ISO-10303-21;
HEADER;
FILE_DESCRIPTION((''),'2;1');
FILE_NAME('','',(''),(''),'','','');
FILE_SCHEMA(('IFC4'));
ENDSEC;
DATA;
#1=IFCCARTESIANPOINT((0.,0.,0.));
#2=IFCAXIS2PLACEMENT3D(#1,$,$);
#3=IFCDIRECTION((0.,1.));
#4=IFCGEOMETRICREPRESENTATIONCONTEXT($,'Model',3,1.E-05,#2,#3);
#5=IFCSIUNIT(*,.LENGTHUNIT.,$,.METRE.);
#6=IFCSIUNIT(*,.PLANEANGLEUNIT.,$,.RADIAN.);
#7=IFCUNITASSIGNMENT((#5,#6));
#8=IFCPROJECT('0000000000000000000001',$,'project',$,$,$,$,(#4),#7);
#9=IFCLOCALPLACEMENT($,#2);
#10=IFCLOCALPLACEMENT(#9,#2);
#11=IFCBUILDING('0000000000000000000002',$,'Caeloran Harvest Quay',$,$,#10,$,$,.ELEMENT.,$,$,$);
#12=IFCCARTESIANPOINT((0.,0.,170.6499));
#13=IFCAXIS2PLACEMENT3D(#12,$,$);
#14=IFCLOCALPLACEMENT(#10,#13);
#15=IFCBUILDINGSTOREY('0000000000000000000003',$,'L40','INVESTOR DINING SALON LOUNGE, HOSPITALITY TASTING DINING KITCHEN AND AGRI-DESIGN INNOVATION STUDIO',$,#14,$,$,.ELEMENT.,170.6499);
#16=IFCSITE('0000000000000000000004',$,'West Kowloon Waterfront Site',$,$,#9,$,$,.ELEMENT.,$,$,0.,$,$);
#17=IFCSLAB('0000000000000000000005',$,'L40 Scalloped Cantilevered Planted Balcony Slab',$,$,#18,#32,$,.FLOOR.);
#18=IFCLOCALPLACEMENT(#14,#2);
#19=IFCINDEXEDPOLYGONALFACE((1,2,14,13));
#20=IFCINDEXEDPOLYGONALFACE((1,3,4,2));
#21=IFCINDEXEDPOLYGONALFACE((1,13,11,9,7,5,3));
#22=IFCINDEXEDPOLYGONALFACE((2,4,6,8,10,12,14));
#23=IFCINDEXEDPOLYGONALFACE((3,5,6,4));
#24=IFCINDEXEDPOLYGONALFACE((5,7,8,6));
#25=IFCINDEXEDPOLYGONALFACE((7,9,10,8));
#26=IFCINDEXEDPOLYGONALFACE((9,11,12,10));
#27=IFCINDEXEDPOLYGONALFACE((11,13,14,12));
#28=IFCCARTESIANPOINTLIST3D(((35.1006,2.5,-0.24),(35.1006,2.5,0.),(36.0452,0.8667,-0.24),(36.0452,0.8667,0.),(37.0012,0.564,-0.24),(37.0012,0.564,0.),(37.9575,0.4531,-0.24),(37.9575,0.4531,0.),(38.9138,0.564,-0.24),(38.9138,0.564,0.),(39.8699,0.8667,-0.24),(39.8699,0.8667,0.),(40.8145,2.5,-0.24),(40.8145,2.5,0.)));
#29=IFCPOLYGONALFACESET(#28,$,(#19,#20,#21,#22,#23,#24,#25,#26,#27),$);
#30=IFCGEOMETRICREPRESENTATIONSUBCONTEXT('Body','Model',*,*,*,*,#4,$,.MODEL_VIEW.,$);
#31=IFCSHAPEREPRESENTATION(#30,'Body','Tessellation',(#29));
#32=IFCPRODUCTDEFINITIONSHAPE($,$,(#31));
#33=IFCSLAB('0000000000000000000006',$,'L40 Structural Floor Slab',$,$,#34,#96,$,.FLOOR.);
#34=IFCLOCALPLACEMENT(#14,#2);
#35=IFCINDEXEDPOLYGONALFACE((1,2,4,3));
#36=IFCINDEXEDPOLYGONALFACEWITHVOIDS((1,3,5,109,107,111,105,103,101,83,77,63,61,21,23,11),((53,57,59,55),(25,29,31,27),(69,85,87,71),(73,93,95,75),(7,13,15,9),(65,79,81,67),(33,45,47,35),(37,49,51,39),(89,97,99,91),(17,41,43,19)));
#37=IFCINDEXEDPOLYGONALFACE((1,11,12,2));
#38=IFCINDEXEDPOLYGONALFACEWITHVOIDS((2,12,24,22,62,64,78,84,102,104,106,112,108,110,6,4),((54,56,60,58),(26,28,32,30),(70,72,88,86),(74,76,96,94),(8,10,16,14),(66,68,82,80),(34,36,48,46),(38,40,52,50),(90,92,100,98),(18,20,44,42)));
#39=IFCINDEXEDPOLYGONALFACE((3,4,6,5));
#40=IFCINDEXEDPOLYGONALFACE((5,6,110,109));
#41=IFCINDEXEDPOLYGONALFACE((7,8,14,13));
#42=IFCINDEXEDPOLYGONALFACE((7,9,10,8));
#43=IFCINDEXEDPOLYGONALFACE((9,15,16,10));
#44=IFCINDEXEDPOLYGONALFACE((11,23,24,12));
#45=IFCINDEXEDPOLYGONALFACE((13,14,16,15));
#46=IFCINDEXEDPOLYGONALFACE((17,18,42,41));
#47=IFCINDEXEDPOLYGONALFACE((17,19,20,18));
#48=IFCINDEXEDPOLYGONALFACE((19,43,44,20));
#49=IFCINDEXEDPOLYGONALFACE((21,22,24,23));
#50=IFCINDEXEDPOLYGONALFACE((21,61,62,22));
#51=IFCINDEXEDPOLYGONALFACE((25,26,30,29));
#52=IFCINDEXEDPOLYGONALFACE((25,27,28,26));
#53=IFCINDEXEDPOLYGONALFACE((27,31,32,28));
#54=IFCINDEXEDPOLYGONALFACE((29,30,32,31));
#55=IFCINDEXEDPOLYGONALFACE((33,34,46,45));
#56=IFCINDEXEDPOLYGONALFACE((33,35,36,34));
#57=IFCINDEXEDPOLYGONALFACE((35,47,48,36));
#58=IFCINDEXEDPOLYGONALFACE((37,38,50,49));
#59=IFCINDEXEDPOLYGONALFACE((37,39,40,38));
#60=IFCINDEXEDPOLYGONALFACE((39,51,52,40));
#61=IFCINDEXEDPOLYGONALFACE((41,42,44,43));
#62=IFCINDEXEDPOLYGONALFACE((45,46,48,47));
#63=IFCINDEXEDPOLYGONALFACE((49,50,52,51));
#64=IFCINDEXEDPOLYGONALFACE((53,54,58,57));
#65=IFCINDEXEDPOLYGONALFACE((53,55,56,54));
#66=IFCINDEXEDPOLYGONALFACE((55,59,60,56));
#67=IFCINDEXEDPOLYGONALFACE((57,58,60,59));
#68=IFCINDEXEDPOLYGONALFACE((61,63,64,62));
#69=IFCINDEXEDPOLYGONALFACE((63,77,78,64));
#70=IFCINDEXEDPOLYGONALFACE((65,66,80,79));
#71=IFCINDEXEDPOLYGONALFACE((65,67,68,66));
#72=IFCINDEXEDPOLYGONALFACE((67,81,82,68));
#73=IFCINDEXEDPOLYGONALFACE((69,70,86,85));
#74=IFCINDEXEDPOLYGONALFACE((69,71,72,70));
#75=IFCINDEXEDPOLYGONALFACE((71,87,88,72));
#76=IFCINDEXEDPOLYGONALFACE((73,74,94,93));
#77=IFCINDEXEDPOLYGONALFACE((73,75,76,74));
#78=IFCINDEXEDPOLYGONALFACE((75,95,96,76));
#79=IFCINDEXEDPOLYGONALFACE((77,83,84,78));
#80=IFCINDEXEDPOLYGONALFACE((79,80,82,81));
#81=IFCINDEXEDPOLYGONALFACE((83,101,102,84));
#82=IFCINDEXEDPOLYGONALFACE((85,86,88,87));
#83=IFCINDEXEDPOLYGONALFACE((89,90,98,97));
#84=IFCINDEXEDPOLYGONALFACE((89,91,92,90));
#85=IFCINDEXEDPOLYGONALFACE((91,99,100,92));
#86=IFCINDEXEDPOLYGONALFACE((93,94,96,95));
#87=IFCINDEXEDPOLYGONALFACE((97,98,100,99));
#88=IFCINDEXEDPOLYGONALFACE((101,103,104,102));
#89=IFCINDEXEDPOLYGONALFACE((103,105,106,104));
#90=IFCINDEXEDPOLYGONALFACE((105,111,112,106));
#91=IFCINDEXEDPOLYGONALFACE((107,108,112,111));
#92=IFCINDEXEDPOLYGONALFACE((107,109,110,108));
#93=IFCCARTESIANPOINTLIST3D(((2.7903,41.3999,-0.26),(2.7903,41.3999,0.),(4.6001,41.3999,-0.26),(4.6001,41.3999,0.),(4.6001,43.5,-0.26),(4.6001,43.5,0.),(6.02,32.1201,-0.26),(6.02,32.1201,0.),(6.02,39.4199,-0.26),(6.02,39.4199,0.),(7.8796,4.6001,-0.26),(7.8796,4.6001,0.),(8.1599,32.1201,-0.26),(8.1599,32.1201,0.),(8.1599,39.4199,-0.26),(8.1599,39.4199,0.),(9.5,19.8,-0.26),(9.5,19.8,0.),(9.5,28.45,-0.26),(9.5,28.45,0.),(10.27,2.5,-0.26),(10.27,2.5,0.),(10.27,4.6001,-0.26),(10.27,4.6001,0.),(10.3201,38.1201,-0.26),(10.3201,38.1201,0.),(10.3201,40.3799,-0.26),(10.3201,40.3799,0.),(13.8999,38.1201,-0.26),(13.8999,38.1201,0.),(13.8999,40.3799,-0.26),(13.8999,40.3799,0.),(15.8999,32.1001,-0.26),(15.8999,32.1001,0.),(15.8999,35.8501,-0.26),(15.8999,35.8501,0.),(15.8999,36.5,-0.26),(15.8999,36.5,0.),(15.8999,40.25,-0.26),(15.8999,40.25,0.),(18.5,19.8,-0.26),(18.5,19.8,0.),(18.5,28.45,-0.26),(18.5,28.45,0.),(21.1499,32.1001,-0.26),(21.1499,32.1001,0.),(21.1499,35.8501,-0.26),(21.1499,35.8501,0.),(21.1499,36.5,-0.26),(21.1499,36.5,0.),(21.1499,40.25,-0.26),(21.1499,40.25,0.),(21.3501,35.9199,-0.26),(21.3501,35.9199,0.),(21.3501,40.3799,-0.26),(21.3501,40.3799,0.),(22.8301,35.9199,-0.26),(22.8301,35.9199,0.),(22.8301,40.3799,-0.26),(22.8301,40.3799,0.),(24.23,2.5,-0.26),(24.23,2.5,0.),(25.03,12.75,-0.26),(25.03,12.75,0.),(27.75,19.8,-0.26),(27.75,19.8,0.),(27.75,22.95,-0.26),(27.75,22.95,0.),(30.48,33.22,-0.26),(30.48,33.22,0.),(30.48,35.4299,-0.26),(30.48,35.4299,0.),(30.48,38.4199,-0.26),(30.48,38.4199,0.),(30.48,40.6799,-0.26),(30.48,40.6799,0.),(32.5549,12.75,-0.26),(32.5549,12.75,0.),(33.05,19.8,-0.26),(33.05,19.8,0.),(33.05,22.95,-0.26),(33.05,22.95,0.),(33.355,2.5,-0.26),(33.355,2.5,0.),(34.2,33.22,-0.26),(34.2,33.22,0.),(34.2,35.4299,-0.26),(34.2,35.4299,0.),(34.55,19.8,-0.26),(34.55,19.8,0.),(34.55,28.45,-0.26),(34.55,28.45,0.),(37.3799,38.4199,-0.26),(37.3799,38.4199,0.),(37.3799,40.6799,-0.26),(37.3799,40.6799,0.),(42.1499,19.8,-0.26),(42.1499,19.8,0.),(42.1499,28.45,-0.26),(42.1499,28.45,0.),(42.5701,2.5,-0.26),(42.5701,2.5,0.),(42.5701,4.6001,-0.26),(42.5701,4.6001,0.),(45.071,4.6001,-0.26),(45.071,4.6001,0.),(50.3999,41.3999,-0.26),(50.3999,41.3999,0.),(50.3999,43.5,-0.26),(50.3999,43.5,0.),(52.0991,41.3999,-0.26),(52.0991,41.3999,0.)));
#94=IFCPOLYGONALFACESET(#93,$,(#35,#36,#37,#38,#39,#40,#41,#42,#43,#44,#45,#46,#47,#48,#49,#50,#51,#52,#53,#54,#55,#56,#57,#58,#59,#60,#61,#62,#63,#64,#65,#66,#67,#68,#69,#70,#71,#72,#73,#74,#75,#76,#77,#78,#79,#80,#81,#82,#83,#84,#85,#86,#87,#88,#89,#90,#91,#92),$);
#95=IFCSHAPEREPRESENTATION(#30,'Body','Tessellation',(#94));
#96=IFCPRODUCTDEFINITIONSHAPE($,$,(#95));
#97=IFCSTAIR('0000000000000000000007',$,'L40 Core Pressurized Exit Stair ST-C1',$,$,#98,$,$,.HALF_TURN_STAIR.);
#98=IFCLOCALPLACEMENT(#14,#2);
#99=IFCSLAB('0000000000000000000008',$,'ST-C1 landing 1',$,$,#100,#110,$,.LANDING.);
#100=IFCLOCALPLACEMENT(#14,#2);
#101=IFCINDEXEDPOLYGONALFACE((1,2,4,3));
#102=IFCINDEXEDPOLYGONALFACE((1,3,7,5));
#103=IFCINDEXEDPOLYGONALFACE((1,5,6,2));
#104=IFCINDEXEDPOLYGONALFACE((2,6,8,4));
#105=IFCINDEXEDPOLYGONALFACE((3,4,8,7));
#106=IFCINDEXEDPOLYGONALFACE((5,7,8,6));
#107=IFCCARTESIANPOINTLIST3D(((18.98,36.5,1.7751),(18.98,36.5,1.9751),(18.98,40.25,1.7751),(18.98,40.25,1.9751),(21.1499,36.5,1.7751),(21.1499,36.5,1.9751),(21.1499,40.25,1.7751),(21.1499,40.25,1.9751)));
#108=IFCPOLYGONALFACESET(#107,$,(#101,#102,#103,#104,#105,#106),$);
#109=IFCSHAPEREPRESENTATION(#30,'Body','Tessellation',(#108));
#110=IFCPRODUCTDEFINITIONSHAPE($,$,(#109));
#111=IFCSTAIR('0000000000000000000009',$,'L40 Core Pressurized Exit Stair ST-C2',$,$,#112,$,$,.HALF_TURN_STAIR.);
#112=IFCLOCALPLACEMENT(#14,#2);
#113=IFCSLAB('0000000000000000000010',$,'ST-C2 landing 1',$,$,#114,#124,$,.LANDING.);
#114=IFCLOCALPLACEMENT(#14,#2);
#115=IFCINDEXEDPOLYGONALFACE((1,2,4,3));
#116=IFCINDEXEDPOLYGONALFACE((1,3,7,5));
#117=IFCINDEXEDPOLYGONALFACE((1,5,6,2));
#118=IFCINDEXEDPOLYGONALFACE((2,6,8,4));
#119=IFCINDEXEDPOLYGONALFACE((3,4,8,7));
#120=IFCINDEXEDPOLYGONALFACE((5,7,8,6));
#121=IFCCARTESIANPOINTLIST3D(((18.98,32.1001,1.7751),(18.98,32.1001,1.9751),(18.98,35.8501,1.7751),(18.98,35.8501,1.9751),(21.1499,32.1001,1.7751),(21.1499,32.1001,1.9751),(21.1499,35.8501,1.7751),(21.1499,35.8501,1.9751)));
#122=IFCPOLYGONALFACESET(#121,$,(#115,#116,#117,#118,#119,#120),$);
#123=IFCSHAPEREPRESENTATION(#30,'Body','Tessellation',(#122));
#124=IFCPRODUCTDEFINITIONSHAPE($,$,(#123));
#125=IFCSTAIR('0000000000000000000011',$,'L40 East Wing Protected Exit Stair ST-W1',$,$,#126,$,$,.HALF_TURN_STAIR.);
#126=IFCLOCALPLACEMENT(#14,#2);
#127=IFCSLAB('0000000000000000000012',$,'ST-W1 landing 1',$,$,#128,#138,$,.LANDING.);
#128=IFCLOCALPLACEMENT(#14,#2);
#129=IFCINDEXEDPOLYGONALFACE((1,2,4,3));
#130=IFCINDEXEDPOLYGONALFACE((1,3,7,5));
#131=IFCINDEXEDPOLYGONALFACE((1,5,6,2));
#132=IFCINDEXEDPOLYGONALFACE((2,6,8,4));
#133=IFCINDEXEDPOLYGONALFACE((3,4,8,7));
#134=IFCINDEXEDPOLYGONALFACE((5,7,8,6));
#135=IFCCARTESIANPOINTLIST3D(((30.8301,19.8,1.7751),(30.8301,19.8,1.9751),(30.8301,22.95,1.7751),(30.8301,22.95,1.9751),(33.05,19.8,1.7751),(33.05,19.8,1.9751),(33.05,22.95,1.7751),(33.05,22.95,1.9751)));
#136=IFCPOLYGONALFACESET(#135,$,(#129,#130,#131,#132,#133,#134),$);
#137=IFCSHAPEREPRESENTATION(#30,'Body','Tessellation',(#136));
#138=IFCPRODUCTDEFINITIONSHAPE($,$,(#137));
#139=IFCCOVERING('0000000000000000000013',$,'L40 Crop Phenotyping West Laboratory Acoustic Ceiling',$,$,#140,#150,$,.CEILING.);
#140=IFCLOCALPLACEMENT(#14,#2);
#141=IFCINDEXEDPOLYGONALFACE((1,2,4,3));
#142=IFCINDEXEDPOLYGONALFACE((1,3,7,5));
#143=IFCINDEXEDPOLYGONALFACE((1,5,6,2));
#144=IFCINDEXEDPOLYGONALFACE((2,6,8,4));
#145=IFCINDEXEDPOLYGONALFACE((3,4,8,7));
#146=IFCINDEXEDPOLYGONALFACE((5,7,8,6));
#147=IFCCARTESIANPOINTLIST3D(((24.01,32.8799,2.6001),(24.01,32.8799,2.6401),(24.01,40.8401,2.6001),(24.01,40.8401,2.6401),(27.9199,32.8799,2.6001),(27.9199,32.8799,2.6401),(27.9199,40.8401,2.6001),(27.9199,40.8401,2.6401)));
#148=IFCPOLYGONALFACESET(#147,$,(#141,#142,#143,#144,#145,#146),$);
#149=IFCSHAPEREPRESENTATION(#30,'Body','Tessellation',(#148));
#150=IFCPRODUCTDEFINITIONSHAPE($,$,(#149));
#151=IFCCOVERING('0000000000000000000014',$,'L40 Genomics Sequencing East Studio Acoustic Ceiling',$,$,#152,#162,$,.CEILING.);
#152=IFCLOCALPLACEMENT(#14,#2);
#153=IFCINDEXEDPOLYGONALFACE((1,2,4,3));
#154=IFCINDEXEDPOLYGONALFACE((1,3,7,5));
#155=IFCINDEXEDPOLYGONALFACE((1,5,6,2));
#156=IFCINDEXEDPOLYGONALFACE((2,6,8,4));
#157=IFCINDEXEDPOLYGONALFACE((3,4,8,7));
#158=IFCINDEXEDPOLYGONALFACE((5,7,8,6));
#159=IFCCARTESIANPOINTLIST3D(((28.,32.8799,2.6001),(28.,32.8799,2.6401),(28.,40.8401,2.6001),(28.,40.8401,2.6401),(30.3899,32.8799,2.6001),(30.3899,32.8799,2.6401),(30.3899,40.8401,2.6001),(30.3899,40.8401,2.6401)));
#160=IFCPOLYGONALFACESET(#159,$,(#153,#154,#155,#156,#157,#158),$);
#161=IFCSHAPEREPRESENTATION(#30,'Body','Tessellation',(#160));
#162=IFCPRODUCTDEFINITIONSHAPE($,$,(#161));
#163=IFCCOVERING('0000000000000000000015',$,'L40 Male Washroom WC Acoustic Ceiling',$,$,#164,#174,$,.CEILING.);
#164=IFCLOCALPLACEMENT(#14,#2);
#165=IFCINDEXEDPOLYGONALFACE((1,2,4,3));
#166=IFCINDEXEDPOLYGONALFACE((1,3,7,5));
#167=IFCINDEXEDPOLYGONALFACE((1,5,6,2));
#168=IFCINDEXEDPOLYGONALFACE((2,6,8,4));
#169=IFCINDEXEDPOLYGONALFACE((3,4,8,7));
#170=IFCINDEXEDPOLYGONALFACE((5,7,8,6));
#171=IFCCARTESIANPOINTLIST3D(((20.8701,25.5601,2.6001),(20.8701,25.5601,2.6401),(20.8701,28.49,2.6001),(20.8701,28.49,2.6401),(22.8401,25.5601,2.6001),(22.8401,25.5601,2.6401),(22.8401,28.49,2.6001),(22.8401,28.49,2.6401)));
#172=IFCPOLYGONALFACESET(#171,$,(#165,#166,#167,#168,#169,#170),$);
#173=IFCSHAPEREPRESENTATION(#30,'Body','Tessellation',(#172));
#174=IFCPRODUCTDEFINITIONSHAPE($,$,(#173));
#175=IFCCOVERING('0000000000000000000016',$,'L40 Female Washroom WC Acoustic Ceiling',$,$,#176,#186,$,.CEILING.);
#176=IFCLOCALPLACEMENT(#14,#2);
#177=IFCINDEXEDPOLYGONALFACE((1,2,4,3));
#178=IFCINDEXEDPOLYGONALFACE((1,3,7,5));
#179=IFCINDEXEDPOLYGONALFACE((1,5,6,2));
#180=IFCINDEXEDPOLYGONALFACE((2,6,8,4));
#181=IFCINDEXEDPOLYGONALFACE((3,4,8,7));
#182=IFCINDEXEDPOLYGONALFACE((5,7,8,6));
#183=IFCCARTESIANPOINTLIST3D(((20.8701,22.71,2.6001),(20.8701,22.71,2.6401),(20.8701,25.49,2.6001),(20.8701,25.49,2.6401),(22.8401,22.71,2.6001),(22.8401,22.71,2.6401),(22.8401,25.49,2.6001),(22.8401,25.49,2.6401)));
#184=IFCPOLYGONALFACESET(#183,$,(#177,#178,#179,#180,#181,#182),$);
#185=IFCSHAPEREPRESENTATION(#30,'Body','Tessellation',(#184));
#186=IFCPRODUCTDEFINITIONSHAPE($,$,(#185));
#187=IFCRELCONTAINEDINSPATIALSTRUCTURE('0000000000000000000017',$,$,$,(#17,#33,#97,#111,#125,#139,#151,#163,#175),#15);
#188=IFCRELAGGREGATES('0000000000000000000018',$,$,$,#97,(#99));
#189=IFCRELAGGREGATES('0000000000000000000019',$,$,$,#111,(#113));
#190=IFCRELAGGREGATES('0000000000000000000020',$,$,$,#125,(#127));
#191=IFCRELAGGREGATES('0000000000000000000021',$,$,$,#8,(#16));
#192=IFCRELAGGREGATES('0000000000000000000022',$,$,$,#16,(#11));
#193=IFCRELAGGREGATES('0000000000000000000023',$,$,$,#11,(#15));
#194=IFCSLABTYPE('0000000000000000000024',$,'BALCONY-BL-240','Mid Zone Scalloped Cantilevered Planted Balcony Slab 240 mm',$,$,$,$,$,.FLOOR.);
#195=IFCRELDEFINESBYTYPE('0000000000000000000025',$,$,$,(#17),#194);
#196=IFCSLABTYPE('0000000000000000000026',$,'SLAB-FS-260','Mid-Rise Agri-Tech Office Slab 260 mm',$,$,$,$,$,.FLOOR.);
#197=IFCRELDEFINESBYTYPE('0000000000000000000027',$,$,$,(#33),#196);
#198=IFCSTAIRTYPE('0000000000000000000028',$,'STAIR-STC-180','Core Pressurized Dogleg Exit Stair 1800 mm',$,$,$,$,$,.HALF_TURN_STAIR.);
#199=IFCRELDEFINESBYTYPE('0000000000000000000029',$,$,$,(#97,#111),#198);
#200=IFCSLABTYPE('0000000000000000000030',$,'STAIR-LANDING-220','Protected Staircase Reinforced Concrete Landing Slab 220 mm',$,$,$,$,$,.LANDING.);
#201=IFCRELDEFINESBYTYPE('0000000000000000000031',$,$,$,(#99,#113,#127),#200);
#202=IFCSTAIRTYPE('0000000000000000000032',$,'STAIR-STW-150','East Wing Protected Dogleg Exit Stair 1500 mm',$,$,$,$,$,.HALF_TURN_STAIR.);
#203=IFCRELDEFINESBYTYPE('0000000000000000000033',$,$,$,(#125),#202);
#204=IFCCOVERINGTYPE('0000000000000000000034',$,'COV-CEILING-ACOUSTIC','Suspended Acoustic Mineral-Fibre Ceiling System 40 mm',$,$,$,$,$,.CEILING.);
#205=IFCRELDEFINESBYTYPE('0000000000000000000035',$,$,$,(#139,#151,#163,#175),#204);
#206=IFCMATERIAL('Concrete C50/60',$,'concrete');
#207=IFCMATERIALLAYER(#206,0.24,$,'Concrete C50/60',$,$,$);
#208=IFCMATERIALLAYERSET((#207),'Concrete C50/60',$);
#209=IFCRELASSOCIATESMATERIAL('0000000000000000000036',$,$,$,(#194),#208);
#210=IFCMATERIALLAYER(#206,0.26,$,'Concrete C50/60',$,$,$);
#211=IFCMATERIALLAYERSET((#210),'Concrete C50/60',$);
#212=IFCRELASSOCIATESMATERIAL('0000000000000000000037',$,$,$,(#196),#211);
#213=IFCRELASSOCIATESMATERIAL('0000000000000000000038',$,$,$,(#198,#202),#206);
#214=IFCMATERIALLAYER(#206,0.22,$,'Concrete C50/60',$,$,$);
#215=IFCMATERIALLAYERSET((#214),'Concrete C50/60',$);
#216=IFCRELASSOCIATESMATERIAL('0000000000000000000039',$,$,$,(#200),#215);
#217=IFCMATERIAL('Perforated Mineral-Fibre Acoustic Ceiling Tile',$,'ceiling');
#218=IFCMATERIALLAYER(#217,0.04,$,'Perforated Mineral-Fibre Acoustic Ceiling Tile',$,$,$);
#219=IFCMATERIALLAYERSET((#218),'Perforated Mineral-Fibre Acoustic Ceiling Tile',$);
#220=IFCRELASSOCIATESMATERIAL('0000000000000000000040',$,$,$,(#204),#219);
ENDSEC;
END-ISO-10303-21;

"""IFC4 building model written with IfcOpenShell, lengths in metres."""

from ifc_helpers import new_model, si_unit, direction, frame, origin, place, context, subcontext, project, spatial, polyline, outline, extrude, material, layer, layer_set, type_object, element, aggregate, save


model = new_model("IFC4")

# Units and contexts
model_context = context("Model", 3, precision=1e-05, world=origin(), true_north=direction((0.0, 1.0)))
body_context = subcontext(model_context, "Body", "Model", "MODEL_VIEW")
ifc_project = project(units=[si_unit("LENGTHUNIT", "METRE"), si_unit("PLANEANGLEUNIT", "RADIAN")], contexts=[model_context])

# Site, building, storey
site_placement = place(None, origin())
site = spatial("IfcSite", under=ifc_project, at=site_placement, Name="West Kowloon Waterfront Site", CompositionType="ELEMENT", RefElevation=0.0)
building_placement = place(site_placement, origin())
building = spatial("IfcBuilding", under=site, at=building_placement, Name="Caeloran Harvest Quay", CompositionType="ELEMENT")
storey_placement = place(building_placement, frame((0.0, 0.0, 170.6499)))
storey = spatial("IfcBuildingStorey", under=building, at=storey_placement, Name="L40", Description="INVESTOR DINING SALON LOUNGE, HOSPITALITY TASTING DINING KITCHEN AND AGRI-DESIGN INNOVATION STUDIO", CompositionType="ELEMENT", Elevation=170.6499)

# Slabs
ifc_material_1 = material(Name="Concrete C50/60", Category="concrete")
ifc_layer_1 = layer(ifc_material_1, 0.24, Name="Concrete C50/60")
ifc_layer_set_1 = layer_set([ifc_layer_1], Name="Concrete C50/60")
slab_type_1 = type_object("IfcSlabType", Name="BALCONY-BL-240", Description="Mid Zone Scalloped Cantilevered Planted Balcony Slab 240 mm", PredefinedType="FLOOR", material=ifc_layer_set_1)
slab_1_placement = place(storey_placement, frame((0.0, 0.0, -0.24)))
element("IfcSlab", 1, at=slab_1_placement, inside=storey, type_object=slab_type_1, Name="L40 Scalloped Cantilevered Planted Balcony Slab", PredefinedType="FLOOR", context=body_context, shape_type="SweptSolid", body=[
    extrude(outline(polyline([(39.8699, 0.8667), (38.9138, 0.564), (37.9575, 0.4531), (37.0012, 0.564), (36.0452, 0.8667), (35.1006, 2.5), (40.8145, 2.5), (39.8699, 0.8667)])), origin(), (0.0, 0.0, 1.0), 0.24),
])
ifc_layer_2 = layer(ifc_material_1, 0.26, Name="Concrete C50/60")
ifc_layer_set_2 = layer_set([ifc_layer_2], Name="Concrete C50/60")
slab_type_2 = type_object("IfcSlabType", Name="SLAB-FS-260", Description="Mid-Rise Agri-Tech Office Slab 260 mm", PredefinedType="FLOOR", material=ifc_layer_set_2)
slab_2_placement = place(storey_placement, frame((0.0, 0.0, -0.26)))
element("IfcSlab", 2, at=slab_2_placement, inside=storey, type_object=slab_type_2, Name="L40 Structural Floor Slab", PredefinedType="FLOOR", context=body_context, shape_type="SweptSolid", body=[
    extrude(outline(polyline([(10.27, 2.5), (24.23, 2.5), (25.03, 12.75), (32.5549, 12.75), (33.355, 2.5), (42.5701, 2.5), (42.5701, 4.6001), (45.071, 4.6001), (52.0991, 41.3999), (50.3999, 41.3999), (50.3999, 43.5), (4.6001, 43.5), (4.6001, 41.3999), (2.7903, 41.3999), (7.8796, 4.6001), (10.27, 4.6001), (10.27, 2.5)]), holes=[polyline([(27.75, 19.8), (27.75, 22.95), (33.05, 22.95), (33.05, 19.8), (27.75, 19.8)]), polyline([(18.5, 19.8), (9.5, 19.8), (9.5, 28.45), (18.5, 28.45), (18.5, 19.8)]), polyline([(42.1499, 19.8), (34.55, 19.8), (34.55, 28.45), (42.1499, 28.45), (42.1499, 19.8)]), polyline([(15.8999, 35.8501), (21.1499, 35.8501), (21.1499, 32.1001), (15.8999, 32.1001), (15.8999, 35.8501)]), polyline([(30.48, 33.22), (30.48, 35.4299), (34.2, 35.4299), (34.2, 33.22), (30.48, 33.22)]), polyline([(8.1599, 32.1201), (6.02, 32.1201), (6.02, 39.4199), (8.1599, 39.4199), (8.1599, 32.1201)]), polyline([(22.8301, 35.9199), (21.3501, 35.9199), (21.3501, 40.3799), (22.8301, 40.3799), (22.8301, 35.9199)]), polyline([(15.8999, 36.5), (15.8999, 40.25), (21.1499, 40.25), (21.1499, 36.5), (15.8999, 36.5)]), polyline([(10.3201, 38.1201), (10.3201, 40.3799), (13.8999, 40.3799), (13.8999, 38.1201), (10.3201, 38.1201)]), polyline([(30.48, 38.4199), (30.48, 40.6799), (37.3799, 40.6799), (37.3799, 38.4199), (30.48, 38.4199)])]), origin(), (0.0, 0.0, 1.0), 0.26),
])

# Stairs, slabs
stair_type_1 = type_object("IfcStairType", Name="STAIR-STC-180", Description="Core Pressurized Dogleg Exit Stair 1800 mm", PredefinedType="HALF_TURN_STAIR", material=ifc_material_1)
stair_1_placement = place(storey_placement, origin())
stair_1 = element("IfcStair", 3, at=stair_1_placement, inside=storey, type_object=stair_type_1, Name="L40 Core Pressurized Exit Stair ST-C1", PredefinedType="HALF_TURN_STAIR")
ifc_layer_3 = layer(ifc_material_1, 0.22, Name="Concrete C50/60")
ifc_layer_set_3 = layer_set([ifc_layer_3], Name="Concrete C50/60")
slab_type_3 = type_object("IfcSlabType", Name="STAIR-LANDING-220", Description="Protected Staircase Reinforced Concrete Landing Slab 220 mm", PredefinedType="LANDING", material=ifc_layer_set_3)
slab_3_placement = place(storey_placement, frame((0.0, 0.0, 1.7751)))
slab_3 = element("IfcSlab", 4, at=slab_3_placement, type_object=slab_type_3, Name="ST-C1 landing 1", PredefinedType="LANDING", context=body_context, shape_type="SweptSolid", body=[
    extrude(outline(polyline([(18.98, 36.5), (21.1499, 36.5), (21.1499, 40.25), (18.98, 40.25), (18.98, 36.5)])), origin(), (0.0, 0.0, 1.0), 0.2),
])
aggregate(stair_1, [slab_3])
stair_2_placement = place(storey_placement, origin())
stair_2 = element("IfcStair", 5, at=stair_2_placement, inside=storey, type_object=stair_type_1, Name="L40 Core Pressurized Exit Stair ST-C2", PredefinedType="HALF_TURN_STAIR")
slab_4_placement = place(storey_placement, frame((0.0, 0.0, 1.7751)))
slab_4 = element("IfcSlab", 6, at=slab_4_placement, type_object=slab_type_3, Name="ST-C2 landing 1", PredefinedType="LANDING", context=body_context, shape_type="SweptSolid", body=[
    extrude(outline(polyline([(18.98, 32.1001), (21.1499, 32.1001), (21.1499, 35.8501), (18.98, 35.8501), (18.98, 32.1001)])), origin(), (0.0, 0.0, 1.0), 0.2),
])
aggregate(stair_2, [slab_4])
stair_type_2 = type_object("IfcStairType", Name="STAIR-STW-150", Description="East Wing Protected Dogleg Exit Stair 1500 mm", PredefinedType="HALF_TURN_STAIR", material=ifc_material_1)
stair_3_placement = place(storey_placement, origin())
stair_3 = element("IfcStair", 7, at=stair_3_placement, inside=storey, type_object=stair_type_2, Name="L40 East Wing Protected Exit Stair ST-W1", PredefinedType="HALF_TURN_STAIR")
slab_5_placement = place(storey_placement, frame((0.0, 0.0, 1.7751)))
slab_5 = element("IfcSlab", 8, at=slab_5_placement, type_object=slab_type_3, Name="ST-W1 landing 1", PredefinedType="LANDING", context=body_context, shape_type="SweptSolid", body=[
    extrude(outline(polyline([(30.8301, 19.8), (33.05, 19.8), (33.05, 22.95), (30.8301, 22.95), (30.8301, 19.8)])), origin(), (0.0, 0.0, 1.0), 0.2),
])
aggregate(stair_3, [slab_5])

# Coverings
ifc_material_2 = material(Name="Perforated Mineral-Fibre Acoustic Ceiling Tile", Category="ceiling")
ifc_layer_4 = layer(ifc_material_2, 0.04, Name="Perforated Mineral-Fibre Acoustic Ceiling Tile")
ifc_layer_set_4 = layer_set([ifc_layer_4], Name="Perforated Mineral-Fibre Acoustic Ceiling Tile")
covering_type_1 = type_object("IfcCoveringType", Name="COV-CEILING-ACOUSTIC", Description="Suspended Acoustic Mineral-Fibre Ceiling System 40 mm", PredefinedType="CEILING", material=ifc_layer_set_4)
covering_1_placement = place(storey_placement, frame((0.0, 0.0, 2.6001)))
element("IfcCovering", 9, at=covering_1_placement, inside=storey, type_object=covering_type_1, Name="L40 Crop Phenotyping West Laboratory Acoustic Ceiling", PredefinedType="CEILING", context=body_context, shape_type="SweptSolid", body=[
    extrude(outline(polyline([(27.9199, 40.8401), (27.9199, 32.8799), (24.01, 32.8799), (24.01, 40.8401), (27.9199, 40.8401)])), origin(), (0.0, 0.0, 1.0), 0.04),
])
covering_2_placement = place(storey_placement, frame((0.0, 0.0, 2.6001)))
element("IfcCovering", 10, at=covering_2_placement, inside=storey, type_object=covering_type_1, Name="L40 Genomics Sequencing East Studio Acoustic Ceiling", PredefinedType="CEILING", context=body_context, shape_type="SweptSolid", body=[
    extrude(outline(polyline([(30.3899, 40.8401), (30.3899, 32.8799), (28.0, 32.8799), (28.0, 40.8401), (30.3899, 40.8401)])), origin(), (0.0, 0.0, 1.0), 0.04),
])
covering_3_placement = place(storey_placement, frame((0.0, 0.0, 2.6001)))
element("IfcCovering", 11, at=covering_3_placement, inside=storey, type_object=covering_type_1, Name="L40 Male Washroom WC Acoustic Ceiling", PredefinedType="CEILING", context=body_context, shape_type="SweptSolid", body=[
    extrude(outline(polyline([(22.8401, 25.5601), (20.8701, 25.5601), (20.8701, 28.49), (22.8401, 28.49), (22.8401, 25.5601)])), origin(), (0.0, 0.0, 1.0), 0.04),
])
covering_4_placement = place(storey_placement, frame((0.0, 0.0, 2.6001)))
element("IfcCovering", 12, at=covering_4_placement, inside=storey, type_object=covering_type_1, Name="L40 Female Washroom WC Acoustic Ceiling", PredefinedType="CEILING", context=body_context, shape_type="SweptSolid", body=[
    extrude(outline(polyline([(22.8401, 22.71), (20.8701, 22.71), (20.8701, 25.49), (22.8401, 25.49), (22.8401, 22.71)])), origin(), (0.0, 0.0, 1.0), 0.04),
])

save(model, "model.ifc")
